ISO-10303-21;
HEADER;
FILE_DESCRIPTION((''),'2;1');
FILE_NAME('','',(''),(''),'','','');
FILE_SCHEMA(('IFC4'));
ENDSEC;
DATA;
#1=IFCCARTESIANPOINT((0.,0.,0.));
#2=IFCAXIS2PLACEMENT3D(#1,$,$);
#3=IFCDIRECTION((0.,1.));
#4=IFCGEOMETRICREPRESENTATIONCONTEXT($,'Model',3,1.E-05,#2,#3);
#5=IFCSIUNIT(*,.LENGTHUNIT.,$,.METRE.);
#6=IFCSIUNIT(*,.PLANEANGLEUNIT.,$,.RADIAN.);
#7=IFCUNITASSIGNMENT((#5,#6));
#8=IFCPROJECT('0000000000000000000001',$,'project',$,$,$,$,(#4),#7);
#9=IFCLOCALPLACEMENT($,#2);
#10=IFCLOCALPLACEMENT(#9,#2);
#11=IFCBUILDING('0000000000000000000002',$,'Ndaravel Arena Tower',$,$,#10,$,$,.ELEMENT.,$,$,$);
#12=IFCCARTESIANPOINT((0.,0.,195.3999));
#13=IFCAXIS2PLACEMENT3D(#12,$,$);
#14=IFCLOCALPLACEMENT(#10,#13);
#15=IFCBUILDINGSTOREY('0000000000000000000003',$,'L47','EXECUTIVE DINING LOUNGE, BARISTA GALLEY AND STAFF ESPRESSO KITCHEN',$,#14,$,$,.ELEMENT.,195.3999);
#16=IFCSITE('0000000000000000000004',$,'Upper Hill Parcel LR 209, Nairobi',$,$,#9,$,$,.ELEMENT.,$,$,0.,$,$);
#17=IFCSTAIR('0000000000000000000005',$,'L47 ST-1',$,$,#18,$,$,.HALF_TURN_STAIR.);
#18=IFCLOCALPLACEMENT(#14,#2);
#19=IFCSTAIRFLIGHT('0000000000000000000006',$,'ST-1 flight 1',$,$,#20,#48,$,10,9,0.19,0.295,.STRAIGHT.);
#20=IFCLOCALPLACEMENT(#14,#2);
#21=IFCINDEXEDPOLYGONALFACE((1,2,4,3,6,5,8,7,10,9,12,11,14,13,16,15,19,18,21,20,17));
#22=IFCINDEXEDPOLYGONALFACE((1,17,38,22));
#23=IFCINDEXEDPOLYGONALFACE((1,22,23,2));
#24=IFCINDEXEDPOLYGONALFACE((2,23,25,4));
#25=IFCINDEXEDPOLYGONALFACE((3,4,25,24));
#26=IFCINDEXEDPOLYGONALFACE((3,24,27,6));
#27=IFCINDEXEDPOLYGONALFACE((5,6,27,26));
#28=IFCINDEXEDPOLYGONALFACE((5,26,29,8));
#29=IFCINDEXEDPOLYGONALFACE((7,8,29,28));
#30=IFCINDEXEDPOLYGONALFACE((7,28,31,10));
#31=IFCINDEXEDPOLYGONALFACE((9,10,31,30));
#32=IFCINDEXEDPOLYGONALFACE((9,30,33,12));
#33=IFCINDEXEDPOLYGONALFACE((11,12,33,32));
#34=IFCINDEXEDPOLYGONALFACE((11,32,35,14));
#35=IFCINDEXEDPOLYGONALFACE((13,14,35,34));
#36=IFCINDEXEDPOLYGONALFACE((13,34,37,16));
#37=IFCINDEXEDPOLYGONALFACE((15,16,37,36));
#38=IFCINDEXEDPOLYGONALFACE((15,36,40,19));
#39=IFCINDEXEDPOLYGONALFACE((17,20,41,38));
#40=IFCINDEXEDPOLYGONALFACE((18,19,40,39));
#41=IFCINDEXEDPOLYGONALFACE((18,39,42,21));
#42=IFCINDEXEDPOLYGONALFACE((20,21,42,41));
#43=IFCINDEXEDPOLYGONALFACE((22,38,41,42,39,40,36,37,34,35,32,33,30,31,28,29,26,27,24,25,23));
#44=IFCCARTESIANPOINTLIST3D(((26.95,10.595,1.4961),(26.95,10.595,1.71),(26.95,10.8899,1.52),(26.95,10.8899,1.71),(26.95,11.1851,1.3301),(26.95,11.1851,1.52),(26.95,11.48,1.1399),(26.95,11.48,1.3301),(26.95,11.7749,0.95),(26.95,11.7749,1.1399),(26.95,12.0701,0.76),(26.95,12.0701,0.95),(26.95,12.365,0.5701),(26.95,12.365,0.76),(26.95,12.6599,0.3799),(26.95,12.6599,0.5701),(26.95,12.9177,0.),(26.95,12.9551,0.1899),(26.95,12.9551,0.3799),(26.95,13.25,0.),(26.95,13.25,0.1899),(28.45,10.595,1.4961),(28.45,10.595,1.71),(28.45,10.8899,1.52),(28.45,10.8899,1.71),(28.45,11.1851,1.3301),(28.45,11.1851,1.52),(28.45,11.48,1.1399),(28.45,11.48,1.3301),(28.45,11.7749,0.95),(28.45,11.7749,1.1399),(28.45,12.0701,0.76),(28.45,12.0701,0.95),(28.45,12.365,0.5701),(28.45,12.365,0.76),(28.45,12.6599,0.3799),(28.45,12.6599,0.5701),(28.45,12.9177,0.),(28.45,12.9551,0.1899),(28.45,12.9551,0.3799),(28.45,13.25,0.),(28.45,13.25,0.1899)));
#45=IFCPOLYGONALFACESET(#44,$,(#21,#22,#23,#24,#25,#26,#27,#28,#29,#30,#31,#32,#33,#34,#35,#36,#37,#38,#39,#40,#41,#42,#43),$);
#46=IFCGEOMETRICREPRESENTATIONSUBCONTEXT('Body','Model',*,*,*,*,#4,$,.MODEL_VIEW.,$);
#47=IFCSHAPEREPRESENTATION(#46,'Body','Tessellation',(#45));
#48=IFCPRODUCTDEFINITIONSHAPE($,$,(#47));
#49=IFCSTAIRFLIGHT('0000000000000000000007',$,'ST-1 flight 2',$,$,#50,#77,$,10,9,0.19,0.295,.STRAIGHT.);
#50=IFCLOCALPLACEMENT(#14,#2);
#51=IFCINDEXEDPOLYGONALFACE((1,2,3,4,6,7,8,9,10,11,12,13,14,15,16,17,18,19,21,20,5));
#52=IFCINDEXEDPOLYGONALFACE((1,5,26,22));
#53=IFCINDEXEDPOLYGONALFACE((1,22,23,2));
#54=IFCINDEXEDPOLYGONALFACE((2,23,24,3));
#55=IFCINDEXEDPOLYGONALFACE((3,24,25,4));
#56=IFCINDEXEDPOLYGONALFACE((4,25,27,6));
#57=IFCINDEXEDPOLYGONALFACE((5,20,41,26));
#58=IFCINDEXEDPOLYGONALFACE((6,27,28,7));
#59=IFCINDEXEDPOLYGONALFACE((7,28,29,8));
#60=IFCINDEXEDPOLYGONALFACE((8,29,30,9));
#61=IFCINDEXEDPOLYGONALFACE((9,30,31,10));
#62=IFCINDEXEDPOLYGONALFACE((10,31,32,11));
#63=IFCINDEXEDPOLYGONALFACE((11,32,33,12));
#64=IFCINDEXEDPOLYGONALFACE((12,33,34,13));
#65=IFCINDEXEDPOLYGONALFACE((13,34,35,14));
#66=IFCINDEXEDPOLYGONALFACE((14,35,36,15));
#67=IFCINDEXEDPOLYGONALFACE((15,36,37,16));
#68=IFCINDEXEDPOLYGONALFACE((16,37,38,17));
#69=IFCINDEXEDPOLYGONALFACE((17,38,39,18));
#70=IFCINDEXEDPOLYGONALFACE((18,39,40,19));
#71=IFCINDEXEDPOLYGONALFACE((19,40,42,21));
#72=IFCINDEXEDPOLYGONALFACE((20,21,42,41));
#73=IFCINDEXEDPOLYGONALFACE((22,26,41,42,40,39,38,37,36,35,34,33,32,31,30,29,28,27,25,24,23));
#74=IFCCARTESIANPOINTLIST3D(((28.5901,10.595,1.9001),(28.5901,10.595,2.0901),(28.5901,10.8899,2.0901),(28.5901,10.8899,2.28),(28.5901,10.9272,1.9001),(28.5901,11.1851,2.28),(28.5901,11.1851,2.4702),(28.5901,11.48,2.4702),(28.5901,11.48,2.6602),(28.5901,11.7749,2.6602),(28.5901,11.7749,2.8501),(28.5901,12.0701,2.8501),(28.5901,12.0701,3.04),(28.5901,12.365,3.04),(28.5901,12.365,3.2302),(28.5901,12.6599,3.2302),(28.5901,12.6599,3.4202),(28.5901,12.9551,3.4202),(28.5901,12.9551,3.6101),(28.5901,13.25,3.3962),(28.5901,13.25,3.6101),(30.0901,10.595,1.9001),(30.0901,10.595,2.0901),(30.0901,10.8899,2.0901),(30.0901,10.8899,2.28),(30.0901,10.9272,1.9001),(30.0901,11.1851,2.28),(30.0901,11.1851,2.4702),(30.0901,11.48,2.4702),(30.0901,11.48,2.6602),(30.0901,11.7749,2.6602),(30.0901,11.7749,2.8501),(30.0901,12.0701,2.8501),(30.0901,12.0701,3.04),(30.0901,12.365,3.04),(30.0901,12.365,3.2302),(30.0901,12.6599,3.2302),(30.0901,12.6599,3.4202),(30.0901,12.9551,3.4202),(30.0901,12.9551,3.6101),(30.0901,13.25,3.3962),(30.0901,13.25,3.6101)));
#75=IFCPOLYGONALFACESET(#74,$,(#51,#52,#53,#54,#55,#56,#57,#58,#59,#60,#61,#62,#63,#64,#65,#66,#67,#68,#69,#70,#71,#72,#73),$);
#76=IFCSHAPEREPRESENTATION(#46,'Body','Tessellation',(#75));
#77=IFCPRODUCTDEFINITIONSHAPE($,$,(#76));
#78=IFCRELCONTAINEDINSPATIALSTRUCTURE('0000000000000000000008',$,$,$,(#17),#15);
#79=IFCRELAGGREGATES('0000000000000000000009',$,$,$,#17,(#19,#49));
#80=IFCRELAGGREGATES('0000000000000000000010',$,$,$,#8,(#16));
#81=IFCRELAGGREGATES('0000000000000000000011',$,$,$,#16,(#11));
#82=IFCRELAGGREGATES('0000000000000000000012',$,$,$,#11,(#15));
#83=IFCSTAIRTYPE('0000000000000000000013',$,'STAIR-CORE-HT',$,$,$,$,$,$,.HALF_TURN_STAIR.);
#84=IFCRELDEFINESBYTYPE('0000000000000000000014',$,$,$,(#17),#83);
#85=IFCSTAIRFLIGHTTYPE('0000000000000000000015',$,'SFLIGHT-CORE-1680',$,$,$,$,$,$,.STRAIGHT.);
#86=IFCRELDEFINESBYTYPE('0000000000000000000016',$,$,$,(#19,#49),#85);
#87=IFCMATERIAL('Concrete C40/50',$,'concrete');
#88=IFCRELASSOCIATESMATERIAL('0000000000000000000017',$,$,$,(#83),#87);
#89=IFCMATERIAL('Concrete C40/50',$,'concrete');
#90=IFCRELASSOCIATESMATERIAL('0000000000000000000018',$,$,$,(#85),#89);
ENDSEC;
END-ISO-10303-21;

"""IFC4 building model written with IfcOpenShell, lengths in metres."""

from ifc_helpers import new_model, si_unit, direction, frame, origin, place, context, subcontext, project, spatial, polyline, outline, extrude, material, type_object, element, aggregate, save


model = new_model("IFC4")

# Units and contexts
model_context = context("Model", 3, precision=1e-05, world=origin(), true_north=direction((0.0, 1.0)))
body_context = subcontext(model_context, "Body", "Model", "MODEL_VIEW")
ifc_project = project(units=[si_unit("LENGTHUNIT", "METRE"), si_unit("PLANEANGLEUNIT", "RADIAN")], contexts=[model_context])

# Site, building, storey
site_placement = place(None, origin())
site = spatial("IfcSite", under=ifc_project, at=site_placement, Name="Upper Hill Parcel LR 209, Nairobi", CompositionType="ELEMENT", RefElevation=0.0)
building_placement = place(site_placement, origin())
building = spatial("IfcBuilding", under=site, at=building_placement, Name="Ndaravel Arena Tower", CompositionType="ELEMENT")
storey_placement = place(building_placement, frame((0.0, 0.0, 195.3999)))
storey = spatial("IfcBuildingStorey", under=building, at=storey_placement, Name="L47", Description="EXECUTIVE DINING LOUNGE, BARISTA GALLEY AND STAFF ESPRESSO KITCHEN", CompositionType="ELEMENT", Elevation=195.3999)

# Stair, stair flights
ifc_material_1 = material(Name="Concrete C40/50", Category="concrete")
stair_type = type_object("IfcStairType", Name="STAIR-CORE-HT", PredefinedType="HALF_TURN_STAIR", material=ifc_material_1)
stair_placement = place(storey_placement, origin())
stair = element("IfcStair", 1, at=stair_placement, inside=storey, type_object=stair_type, Name="L47 ST-1", PredefinedType="HALF_TURN_STAIR")
ifc_material_2 = material(Name="Concrete C40/50", Category="concrete")
stair_flight_type = type_object("IfcStairFlightType", Name="SFLIGHT-CORE-1680", PredefinedType="STRAIGHT", material=ifc_material_2)
stair_flight_1_placement = place(storey_placement, frame((27.7, 13.25, 0.0), z_axis=(0.0, 0.0, 1.0), x_axis=(0.0, -1.0, 0.0)))
stair_flight_1 = element("IfcStairFlight", 2, at=stair_flight_1_placement, type_object=stair_flight_type, Name="ST-1 flight 1", NumberOfRisers=10, NumberOfTreads=9, PredefinedType="STRAIGHT", RiserHeight=0.19, TreadLength=0.295, context=body_context, shape_type="SweptSolid", body=[
    extrude(outline(polyline([(0.0, 0.0), (0.0, 0.1899), (0.2949, 0.1899), (0.2949, 0.3799), (0.5901, 0.3799), (0.5901, 0.5701), (0.885, 0.5701), (0.885, 0.76), (1.1799, 0.76), (1.1799, 0.95), (1.4751, 0.95), (1.4751, 1.1399), (1.77, 1.1399), (1.77, 1.3301), (2.0649, 1.3301), (2.0649, 1.52), (2.3601, 1.52), (2.3601, 1.71), (2.655, 1.71), (2.655, 1.8999), (2.655, 1.4961), (0.3323, 0.0), (0.0, 0.0)])), frame((0.0, 0.75, 0.0), z_axis=(0.0, -1.0, 0.0), x_axis=(1.0, 0.0, 0.0)), (0.0, 0.0, 1.0), 1.5),
])
stair_flight_2_placement = place(storey_placement, frame((29.3401, 10.595, 1.9001), z_axis=(0.0, 0.0, 1.0), x_axis=(0.0, 1.0, 0.0)))
stair_flight_2 = element("IfcStairFlight", 3, at=stair_flight_2_placement, type_object=stair_flight_type, Name="ST-1 flight 2", NumberOfRisers=10, NumberOfTreads=9, PredefinedType="STRAIGHT", RiserHeight=0.19, TreadLength=0.295, context=body_context, shape_type="SweptSolid", body=[
    extrude(outline(polyline([(0.0, 0.0), (0.0, 0.1899), (0.2949, 0.1899), (0.2949, 0.3799), (0.5901, 0.3799), (0.5901, 0.5701), (0.885, 0.5701), (0.885, 0.76), (1.1799, 0.76), (1.1799, 0.95), (1.4751, 0.95), (1.4751, 1.1399), (1.77, 1.1399), (1.77, 1.3301), (2.0649, 1.3301), (2.0649, 1.52), (2.3601, 1.52), (2.3601, 1.71), (2.655, 1.71), (2.655, 1.8999), (2.655, 1.4961), (0.3323, 0.0), (0.0, 0.0)])), frame((0.0, 0.75, 0.0), z_axis=(0.0, -1.0, 0.0), x_axis=(1.0, 0.0, 0.0)), (0.0, 0.0, 1.0), 1.5),
])
aggregate(stair, [stair_flight_1, stair_flight_2])

save(model, "model.ifc")
